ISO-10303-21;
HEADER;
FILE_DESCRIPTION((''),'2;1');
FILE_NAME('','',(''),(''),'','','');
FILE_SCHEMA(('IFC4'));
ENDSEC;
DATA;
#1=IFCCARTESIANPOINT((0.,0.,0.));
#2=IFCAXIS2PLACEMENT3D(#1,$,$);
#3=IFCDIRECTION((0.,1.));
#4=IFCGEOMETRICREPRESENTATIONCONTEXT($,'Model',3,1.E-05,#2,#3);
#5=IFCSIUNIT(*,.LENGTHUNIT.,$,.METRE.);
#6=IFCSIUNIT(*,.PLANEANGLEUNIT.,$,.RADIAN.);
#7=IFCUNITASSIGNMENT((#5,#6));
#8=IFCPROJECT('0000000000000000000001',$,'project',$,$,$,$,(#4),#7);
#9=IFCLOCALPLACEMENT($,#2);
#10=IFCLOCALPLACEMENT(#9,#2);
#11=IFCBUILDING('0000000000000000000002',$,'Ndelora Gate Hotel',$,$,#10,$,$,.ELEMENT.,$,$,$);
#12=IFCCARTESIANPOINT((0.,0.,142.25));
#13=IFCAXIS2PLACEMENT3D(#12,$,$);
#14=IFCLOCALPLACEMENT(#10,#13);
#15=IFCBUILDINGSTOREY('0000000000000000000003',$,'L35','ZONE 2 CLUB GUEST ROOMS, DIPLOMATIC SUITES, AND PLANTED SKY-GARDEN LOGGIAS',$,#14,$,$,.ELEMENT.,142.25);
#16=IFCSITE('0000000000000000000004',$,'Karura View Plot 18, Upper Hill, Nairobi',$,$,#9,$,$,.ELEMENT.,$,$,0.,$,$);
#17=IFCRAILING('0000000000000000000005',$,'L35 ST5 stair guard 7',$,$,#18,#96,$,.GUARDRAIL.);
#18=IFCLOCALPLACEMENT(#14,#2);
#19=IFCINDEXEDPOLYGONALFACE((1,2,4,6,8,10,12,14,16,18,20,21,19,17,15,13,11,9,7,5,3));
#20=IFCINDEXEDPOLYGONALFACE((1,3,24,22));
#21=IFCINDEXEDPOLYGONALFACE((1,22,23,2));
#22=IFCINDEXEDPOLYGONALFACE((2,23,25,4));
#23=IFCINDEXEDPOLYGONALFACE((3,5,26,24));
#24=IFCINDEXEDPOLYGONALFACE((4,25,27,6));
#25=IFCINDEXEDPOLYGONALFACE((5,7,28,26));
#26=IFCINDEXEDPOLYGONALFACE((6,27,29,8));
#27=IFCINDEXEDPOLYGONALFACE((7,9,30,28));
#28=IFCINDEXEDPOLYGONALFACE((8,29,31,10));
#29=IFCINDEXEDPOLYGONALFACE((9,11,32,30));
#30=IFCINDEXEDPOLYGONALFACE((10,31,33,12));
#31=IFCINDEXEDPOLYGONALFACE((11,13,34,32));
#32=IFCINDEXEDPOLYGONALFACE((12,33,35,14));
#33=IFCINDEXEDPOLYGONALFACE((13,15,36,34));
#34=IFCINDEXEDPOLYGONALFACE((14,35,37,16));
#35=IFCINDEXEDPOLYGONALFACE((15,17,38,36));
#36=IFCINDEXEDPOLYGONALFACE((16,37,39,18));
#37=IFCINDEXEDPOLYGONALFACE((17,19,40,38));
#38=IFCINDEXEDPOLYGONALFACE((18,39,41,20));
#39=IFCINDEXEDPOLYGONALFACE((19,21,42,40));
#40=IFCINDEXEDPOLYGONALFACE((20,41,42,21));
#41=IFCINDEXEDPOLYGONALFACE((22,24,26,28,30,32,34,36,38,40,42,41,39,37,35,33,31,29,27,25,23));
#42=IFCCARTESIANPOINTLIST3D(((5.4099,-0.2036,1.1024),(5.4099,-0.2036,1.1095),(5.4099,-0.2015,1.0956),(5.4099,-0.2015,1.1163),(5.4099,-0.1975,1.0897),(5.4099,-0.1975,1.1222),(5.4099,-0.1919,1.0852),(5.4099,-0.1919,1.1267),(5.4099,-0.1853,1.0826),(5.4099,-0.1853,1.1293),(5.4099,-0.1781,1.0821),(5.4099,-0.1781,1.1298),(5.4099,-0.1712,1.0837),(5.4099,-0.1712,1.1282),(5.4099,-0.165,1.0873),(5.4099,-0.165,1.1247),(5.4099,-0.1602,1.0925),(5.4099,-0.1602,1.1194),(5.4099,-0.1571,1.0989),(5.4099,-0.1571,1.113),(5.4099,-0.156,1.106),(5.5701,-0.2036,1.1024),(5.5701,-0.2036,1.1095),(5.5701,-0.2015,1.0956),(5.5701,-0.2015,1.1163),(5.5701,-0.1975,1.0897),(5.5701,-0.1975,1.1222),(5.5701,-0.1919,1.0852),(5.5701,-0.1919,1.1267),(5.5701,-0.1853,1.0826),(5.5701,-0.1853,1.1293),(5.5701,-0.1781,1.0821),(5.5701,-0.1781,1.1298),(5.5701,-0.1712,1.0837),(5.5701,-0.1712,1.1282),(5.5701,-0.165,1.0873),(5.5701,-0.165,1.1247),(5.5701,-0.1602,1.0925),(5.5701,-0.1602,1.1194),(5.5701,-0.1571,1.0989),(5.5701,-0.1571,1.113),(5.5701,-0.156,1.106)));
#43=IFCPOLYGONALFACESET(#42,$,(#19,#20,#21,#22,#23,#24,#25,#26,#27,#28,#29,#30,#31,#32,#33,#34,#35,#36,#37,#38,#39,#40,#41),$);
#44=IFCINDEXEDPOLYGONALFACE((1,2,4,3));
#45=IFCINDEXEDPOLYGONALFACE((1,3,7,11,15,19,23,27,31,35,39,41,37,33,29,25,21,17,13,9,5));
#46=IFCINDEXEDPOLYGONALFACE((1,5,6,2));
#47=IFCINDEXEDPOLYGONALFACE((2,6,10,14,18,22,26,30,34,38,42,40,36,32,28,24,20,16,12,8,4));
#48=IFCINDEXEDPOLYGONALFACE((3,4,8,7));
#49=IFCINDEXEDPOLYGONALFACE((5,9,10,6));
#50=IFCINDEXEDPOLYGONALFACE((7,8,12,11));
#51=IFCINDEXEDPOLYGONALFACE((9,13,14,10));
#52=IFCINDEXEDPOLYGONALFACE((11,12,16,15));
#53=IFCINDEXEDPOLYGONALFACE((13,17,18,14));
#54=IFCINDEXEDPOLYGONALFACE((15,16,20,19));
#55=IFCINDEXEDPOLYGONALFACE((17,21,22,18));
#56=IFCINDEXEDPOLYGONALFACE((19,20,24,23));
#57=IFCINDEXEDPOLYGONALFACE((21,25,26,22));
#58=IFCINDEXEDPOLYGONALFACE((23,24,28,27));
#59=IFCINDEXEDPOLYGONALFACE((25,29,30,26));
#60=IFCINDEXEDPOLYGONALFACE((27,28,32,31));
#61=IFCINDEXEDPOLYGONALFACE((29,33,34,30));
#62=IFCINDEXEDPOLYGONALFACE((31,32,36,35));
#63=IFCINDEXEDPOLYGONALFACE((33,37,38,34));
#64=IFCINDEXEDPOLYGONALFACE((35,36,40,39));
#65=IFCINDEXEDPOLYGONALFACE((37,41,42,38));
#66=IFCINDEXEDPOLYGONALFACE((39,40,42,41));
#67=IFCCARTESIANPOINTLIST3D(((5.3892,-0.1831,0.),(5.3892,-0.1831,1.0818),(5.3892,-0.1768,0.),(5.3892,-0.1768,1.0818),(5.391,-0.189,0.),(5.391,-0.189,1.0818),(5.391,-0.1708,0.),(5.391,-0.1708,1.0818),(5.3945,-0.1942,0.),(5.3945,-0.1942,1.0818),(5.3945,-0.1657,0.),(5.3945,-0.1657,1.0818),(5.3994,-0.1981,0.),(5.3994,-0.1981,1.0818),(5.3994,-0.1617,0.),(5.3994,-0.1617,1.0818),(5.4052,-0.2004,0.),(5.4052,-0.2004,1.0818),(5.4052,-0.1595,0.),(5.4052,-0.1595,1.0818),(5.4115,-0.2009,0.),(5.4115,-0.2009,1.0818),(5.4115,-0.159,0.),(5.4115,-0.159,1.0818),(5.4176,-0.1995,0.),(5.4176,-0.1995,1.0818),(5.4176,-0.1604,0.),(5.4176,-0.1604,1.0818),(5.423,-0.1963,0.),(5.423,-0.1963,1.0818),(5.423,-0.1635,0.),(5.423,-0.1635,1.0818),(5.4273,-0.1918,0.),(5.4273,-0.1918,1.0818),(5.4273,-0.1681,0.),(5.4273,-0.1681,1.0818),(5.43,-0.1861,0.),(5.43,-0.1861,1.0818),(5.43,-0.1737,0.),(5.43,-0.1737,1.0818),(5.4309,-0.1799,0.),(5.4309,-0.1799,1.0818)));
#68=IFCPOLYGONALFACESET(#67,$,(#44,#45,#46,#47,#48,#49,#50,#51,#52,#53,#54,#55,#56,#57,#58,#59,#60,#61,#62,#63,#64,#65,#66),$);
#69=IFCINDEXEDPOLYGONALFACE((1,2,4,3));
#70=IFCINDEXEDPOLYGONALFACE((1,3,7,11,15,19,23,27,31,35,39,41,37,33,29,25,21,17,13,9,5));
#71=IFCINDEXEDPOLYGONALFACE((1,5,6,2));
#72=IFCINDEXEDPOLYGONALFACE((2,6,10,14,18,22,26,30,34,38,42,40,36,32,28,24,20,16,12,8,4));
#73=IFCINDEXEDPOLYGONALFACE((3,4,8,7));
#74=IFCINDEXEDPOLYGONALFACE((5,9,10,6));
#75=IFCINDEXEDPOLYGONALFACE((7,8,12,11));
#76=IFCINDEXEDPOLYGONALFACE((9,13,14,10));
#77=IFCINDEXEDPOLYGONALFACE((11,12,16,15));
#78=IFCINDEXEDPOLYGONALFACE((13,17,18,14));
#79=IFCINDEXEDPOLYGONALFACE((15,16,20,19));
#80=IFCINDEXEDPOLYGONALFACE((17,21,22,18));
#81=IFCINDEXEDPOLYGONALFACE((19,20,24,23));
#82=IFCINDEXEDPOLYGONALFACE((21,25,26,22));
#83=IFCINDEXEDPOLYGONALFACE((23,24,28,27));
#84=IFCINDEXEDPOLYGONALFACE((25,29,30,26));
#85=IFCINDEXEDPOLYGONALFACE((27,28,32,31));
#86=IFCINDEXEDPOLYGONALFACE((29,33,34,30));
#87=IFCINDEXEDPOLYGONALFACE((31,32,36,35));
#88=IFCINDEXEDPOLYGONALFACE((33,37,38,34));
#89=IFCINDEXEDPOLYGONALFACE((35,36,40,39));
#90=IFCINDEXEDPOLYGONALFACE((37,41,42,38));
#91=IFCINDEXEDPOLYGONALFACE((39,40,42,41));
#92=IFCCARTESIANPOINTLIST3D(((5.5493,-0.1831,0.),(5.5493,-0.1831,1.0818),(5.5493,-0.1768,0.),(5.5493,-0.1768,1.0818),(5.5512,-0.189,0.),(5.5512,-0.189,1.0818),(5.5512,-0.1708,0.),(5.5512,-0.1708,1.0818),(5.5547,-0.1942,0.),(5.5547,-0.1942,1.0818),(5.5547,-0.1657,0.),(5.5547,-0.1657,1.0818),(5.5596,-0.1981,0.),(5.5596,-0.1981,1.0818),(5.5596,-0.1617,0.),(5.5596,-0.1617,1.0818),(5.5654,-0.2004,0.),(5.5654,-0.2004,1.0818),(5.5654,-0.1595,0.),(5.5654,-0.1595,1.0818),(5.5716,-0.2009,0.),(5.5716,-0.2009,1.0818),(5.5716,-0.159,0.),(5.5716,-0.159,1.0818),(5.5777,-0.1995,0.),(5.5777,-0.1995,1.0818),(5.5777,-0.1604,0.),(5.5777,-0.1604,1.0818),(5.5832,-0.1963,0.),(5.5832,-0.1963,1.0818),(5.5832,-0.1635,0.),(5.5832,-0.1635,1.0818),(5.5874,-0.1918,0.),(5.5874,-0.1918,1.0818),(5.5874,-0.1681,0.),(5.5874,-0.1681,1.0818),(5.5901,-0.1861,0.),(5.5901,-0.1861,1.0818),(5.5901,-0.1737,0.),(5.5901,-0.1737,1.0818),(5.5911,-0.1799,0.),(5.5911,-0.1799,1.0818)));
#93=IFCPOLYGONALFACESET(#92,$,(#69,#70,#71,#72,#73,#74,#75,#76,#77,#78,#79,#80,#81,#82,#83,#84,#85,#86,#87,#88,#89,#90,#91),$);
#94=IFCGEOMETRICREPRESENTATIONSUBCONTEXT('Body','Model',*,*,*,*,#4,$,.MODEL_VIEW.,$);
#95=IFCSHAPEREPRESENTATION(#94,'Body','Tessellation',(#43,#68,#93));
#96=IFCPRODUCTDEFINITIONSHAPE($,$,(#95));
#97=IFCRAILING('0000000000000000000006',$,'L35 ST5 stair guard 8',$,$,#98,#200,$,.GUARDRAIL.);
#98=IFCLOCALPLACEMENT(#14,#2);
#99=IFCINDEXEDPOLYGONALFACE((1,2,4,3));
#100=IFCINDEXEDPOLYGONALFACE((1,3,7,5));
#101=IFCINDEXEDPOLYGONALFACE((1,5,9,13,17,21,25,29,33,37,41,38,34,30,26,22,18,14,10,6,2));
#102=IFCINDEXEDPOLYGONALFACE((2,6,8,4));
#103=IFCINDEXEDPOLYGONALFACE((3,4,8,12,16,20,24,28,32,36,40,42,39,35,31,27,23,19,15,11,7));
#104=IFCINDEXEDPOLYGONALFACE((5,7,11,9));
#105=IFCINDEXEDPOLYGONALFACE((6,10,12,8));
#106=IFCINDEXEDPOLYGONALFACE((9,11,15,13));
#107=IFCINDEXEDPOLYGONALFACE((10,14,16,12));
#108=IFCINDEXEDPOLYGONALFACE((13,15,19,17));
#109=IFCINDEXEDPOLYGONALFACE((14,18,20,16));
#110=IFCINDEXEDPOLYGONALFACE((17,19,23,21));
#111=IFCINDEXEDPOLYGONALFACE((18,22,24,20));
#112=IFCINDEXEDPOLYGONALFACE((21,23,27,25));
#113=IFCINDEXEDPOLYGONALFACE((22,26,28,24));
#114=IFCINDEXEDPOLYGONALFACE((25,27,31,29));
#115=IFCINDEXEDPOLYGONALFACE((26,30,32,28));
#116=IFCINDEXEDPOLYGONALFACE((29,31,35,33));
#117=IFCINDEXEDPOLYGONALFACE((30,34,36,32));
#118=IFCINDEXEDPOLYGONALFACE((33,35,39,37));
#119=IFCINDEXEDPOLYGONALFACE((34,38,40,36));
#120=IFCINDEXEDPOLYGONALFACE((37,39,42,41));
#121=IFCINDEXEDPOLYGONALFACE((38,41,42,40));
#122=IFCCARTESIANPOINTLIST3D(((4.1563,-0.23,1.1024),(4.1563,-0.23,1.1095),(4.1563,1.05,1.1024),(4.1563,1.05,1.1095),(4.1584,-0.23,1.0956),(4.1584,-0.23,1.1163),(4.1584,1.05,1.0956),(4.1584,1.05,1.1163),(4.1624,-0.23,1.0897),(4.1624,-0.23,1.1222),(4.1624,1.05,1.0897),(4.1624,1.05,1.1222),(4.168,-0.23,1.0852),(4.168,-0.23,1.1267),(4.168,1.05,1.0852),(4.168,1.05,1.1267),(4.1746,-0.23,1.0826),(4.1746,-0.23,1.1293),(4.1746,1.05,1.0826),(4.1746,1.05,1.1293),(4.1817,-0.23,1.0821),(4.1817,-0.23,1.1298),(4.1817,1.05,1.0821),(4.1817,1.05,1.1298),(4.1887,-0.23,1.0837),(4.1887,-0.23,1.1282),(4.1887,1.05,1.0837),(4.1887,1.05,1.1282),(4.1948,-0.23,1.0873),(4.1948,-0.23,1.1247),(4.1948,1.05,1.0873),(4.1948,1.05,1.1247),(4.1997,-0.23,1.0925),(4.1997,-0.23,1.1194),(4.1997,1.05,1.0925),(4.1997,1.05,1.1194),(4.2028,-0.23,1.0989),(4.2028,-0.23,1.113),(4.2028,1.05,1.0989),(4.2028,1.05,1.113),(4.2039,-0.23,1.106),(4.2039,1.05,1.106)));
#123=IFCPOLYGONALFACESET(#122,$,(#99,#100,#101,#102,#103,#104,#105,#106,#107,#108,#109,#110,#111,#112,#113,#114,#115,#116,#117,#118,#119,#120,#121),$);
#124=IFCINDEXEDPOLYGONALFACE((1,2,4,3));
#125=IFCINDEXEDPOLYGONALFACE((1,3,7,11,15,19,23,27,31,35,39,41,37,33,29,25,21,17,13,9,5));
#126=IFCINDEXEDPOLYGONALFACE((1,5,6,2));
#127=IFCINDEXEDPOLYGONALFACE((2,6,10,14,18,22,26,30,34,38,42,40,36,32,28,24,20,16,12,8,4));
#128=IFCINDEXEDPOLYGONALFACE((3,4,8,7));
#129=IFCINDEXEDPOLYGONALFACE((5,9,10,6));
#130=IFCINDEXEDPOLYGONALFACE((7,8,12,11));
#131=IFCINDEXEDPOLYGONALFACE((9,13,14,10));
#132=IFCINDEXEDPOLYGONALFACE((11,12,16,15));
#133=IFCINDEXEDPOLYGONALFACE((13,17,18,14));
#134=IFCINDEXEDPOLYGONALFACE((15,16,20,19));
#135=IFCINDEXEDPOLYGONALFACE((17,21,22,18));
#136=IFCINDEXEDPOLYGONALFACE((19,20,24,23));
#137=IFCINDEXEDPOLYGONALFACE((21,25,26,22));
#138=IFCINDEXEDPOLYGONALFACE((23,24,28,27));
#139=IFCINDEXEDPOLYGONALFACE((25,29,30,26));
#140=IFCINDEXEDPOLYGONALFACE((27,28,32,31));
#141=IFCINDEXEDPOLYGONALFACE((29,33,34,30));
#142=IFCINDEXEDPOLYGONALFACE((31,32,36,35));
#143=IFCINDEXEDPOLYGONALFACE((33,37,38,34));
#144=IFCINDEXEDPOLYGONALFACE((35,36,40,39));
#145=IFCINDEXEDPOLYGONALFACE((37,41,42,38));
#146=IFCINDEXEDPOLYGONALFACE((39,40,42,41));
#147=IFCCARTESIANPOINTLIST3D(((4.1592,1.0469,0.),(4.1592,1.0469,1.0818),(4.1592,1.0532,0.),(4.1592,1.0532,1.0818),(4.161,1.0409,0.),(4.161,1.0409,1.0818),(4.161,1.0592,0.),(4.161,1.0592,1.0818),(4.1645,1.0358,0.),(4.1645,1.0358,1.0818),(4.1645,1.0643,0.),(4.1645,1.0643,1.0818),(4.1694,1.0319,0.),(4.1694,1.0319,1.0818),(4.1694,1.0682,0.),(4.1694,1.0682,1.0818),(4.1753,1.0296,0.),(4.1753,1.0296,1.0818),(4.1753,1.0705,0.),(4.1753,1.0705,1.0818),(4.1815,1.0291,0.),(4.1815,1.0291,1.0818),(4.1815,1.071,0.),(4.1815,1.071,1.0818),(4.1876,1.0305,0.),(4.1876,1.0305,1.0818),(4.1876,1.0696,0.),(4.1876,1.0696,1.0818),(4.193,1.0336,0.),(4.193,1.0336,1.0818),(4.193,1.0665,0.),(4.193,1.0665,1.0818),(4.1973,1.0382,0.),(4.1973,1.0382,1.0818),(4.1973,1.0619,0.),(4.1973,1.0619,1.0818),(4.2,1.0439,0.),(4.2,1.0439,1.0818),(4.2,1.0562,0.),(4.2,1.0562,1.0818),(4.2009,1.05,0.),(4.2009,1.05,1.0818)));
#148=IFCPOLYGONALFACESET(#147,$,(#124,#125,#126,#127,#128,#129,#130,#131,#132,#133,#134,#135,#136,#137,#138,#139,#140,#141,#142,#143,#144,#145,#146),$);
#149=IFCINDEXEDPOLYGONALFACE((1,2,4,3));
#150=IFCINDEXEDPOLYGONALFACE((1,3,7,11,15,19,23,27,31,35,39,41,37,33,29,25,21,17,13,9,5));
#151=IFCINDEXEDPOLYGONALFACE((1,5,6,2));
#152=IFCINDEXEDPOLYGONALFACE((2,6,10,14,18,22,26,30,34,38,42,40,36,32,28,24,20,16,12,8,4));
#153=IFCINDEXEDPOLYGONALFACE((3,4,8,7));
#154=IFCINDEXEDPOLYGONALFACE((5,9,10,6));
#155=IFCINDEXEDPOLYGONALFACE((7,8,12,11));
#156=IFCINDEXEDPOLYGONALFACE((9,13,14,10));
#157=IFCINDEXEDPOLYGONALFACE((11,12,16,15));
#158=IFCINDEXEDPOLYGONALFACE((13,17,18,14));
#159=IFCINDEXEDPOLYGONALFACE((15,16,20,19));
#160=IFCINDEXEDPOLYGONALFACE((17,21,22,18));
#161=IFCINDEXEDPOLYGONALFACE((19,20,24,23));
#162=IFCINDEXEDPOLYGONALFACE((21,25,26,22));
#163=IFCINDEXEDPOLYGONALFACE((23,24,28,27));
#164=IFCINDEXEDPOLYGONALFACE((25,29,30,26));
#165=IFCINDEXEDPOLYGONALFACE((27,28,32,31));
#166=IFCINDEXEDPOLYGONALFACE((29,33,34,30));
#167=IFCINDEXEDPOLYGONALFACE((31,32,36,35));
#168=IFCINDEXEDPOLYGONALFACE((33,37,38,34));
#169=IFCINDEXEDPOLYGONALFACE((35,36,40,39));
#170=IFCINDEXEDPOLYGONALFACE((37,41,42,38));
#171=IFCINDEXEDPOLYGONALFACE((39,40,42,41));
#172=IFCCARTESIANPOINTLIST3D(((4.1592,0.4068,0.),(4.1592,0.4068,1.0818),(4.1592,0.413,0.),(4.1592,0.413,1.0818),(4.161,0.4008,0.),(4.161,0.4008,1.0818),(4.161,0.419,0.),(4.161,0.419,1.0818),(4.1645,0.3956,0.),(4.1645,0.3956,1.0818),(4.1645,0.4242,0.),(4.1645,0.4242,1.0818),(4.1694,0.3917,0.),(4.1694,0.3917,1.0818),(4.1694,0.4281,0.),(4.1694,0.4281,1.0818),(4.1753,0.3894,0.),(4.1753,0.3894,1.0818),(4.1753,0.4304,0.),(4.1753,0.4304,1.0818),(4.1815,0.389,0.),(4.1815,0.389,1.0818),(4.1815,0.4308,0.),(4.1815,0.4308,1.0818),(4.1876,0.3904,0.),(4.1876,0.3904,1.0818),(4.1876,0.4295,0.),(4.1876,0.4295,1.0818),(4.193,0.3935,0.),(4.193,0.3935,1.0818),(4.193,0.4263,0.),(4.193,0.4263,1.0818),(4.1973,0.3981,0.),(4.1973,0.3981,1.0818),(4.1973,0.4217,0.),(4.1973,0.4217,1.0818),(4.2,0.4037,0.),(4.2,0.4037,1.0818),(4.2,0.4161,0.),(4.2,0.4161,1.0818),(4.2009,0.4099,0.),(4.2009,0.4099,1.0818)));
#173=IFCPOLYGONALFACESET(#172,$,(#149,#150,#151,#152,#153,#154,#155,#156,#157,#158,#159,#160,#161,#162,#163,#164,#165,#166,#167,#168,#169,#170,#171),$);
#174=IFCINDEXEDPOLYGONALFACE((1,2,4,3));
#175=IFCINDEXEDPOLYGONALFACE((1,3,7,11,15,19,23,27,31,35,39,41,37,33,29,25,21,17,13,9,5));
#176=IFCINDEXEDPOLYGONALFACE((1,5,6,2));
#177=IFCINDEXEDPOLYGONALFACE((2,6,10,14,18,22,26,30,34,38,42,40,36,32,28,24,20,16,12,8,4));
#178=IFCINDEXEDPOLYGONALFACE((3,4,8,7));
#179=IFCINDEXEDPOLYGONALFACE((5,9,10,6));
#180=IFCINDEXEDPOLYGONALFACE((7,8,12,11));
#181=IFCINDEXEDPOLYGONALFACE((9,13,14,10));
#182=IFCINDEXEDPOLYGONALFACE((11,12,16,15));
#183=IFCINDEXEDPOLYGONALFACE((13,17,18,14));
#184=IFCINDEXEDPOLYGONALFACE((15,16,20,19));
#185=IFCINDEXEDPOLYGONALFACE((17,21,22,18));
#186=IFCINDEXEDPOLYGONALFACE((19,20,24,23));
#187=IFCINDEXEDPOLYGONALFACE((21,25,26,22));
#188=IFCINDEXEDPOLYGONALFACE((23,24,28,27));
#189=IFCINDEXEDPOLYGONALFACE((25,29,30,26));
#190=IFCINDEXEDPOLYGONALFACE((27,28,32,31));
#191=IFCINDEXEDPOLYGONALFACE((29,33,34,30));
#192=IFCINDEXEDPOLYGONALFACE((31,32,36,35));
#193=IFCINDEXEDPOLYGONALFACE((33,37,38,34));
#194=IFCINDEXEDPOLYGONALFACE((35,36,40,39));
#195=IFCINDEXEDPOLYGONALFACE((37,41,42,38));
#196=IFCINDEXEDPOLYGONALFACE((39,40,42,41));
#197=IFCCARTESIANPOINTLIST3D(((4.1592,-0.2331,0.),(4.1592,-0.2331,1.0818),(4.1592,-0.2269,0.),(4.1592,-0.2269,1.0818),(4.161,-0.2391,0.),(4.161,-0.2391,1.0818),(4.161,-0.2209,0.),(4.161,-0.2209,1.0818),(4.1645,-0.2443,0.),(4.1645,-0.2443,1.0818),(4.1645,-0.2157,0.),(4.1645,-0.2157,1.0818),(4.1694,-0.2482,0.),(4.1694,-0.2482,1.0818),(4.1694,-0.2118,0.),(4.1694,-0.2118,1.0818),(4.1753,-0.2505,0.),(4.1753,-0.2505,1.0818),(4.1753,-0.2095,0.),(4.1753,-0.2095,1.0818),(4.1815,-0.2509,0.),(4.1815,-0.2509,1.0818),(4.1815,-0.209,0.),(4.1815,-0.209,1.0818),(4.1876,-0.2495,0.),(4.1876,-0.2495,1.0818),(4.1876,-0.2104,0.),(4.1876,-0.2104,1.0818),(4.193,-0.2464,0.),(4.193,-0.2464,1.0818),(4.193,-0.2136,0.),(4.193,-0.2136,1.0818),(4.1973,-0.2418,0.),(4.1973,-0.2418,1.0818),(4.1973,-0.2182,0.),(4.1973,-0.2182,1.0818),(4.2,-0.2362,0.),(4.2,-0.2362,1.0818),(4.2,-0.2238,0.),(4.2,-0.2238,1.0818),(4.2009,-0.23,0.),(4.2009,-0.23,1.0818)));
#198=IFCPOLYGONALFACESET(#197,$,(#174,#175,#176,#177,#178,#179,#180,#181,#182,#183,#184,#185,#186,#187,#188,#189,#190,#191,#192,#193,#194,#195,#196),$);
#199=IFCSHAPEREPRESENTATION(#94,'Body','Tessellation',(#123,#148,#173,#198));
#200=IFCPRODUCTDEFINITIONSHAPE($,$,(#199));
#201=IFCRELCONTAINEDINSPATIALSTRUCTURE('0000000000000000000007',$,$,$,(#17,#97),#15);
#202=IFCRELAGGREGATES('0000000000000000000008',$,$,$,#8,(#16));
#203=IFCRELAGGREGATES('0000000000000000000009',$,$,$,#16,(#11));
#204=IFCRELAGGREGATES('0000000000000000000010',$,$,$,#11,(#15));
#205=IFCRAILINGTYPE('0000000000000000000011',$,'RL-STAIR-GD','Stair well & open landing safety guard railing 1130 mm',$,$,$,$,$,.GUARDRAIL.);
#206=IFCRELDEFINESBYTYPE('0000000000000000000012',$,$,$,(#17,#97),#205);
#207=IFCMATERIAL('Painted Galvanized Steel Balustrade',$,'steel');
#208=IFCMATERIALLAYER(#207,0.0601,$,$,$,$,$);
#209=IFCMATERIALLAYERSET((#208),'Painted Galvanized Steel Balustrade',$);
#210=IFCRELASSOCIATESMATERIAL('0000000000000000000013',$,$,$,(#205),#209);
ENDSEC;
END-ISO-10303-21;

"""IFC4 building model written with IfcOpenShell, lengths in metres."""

from ifc_helpers import new_model, si_unit, direction, frame, origin, origin_2d, place, context, subcontext, project, spatial, circle, extrude, material, layer, layer_set, type_object, element, save


model = new_model("IFC4")

# Units and contexts
model_context = context("Model", 3, precision=1e-05, world=origin(), true_north=direction((0.0, 1.0)))
body_context = subcontext(model_context, "Body", "Model", "MODEL_VIEW")
ifc_project = project(units=[si_unit("LENGTHUNIT", "METRE"), si_unit("PLANEANGLEUNIT", "RADIAN")], contexts=[model_context])

# Site, building, storey
site_placement = place(None, origin())
site = spatial("IfcSite", under=ifc_project, at=site_placement, Name="Karura View Plot 18, Upper Hill, Nairobi", CompositionType="ELEMENT", RefElevation=0.0)
building_placement = place(site_placement, origin())
building = spatial("IfcBuilding", under=site, at=building_placement, Name="Ndelora Gate Hotel", CompositionType="ELEMENT")
storey_placement = place(building_placement, frame((0.0, 0.0, 142.25)))
storey = spatial("IfcBuildingStorey", under=building, at=storey_placement, Name="L35", Description="ZONE 2 CLUB GUEST ROOMS, DIPLOMATIC SUITES, AND PLANTED SKY-GARDEN LOGGIAS", CompositionType="ELEMENT", Elevation=142.25)

# Railings
ifc_material_1 = material(Name="Painted Galvanized Steel Balustrade", Category="steel")
ifc_layer_1 = layer(ifc_material_1, 0.0601)
ifc_layer_set_1 = layer_set([ifc_layer_1], Name="Painted Galvanized Steel Balustrade")
railing_type_1 = type_object("IfcRailingType", Name="RL-STAIR-GD", Description="Stair well & open landing safety guard railing 1130 mm", PredefinedType="GUARDRAIL", material=ifc_layer_set_1)
railing_1_placement = place(storey_placement, frame((5.4099, -0.1799, 0.0)))
element("IfcRailing", 1, at=railing_1_placement, inside=storey, type_object=railing_type_1, Name="L35 ST5 stair guard 7", PredefinedType="GUARDRAIL", context=body_context, shape_type="SweptSolid", body=[
    extrude(circle(Radius=0.0239, at=origin_2d()), frame((0.0, 0.0, 1.106), z_axis=(1.0, 0.0, 0.0), x_axis=(0.0, 1.0, 0.0)), (0.0, 0.0, 1.0), 0.1602),
    extrude(circle(Radius=0.021, at=origin_2d()), origin(), (0.0, 0.0, 1.0), 1.0818),
    extrude(circle(Radius=0.021, at=origin_2d()), frame((0.1602, 0.0, 0.0)), (0.0, 0.0, 1.0), 1.0818),
])
for number, where, name in (
    (2, (4.1799, 1.05, 0.0), "L35 ST5 stair guard 8"),
):
    element("IfcRailing", number, at=place(storey_placement, frame(where)), inside=storey, type_object=railing_type_1, Name=name, PredefinedType="GUARDRAIL", context=body_context, shape_type="SweptSolid", body=[
        extrude(circle(Radius=0.0239, at=origin_2d()), frame((0.0, 0.0, 1.106), z_axis=(0.0, -1.0, 0.0), x_axis=(1.0, 0.0, 0.0)), (0.0, 0.0, 1.0), 1.28),
        extrude(circle(Radius=0.021, at=origin_2d()), origin(), (0.0, 0.0, 1.0), 1.0818),
        extrude(circle(Radius=0.021, at=origin_2d()), frame((0.0, -0.6401, 0.0)), (0.0, 0.0, 1.0), 1.0818),
        extrude(circle(Radius=0.021, at=origin_2d()), frame((0.0, -1.28, 0.0)), (0.0, 0.0, 1.0), 1.0818),
    ])

save(model, "model.ifc")
